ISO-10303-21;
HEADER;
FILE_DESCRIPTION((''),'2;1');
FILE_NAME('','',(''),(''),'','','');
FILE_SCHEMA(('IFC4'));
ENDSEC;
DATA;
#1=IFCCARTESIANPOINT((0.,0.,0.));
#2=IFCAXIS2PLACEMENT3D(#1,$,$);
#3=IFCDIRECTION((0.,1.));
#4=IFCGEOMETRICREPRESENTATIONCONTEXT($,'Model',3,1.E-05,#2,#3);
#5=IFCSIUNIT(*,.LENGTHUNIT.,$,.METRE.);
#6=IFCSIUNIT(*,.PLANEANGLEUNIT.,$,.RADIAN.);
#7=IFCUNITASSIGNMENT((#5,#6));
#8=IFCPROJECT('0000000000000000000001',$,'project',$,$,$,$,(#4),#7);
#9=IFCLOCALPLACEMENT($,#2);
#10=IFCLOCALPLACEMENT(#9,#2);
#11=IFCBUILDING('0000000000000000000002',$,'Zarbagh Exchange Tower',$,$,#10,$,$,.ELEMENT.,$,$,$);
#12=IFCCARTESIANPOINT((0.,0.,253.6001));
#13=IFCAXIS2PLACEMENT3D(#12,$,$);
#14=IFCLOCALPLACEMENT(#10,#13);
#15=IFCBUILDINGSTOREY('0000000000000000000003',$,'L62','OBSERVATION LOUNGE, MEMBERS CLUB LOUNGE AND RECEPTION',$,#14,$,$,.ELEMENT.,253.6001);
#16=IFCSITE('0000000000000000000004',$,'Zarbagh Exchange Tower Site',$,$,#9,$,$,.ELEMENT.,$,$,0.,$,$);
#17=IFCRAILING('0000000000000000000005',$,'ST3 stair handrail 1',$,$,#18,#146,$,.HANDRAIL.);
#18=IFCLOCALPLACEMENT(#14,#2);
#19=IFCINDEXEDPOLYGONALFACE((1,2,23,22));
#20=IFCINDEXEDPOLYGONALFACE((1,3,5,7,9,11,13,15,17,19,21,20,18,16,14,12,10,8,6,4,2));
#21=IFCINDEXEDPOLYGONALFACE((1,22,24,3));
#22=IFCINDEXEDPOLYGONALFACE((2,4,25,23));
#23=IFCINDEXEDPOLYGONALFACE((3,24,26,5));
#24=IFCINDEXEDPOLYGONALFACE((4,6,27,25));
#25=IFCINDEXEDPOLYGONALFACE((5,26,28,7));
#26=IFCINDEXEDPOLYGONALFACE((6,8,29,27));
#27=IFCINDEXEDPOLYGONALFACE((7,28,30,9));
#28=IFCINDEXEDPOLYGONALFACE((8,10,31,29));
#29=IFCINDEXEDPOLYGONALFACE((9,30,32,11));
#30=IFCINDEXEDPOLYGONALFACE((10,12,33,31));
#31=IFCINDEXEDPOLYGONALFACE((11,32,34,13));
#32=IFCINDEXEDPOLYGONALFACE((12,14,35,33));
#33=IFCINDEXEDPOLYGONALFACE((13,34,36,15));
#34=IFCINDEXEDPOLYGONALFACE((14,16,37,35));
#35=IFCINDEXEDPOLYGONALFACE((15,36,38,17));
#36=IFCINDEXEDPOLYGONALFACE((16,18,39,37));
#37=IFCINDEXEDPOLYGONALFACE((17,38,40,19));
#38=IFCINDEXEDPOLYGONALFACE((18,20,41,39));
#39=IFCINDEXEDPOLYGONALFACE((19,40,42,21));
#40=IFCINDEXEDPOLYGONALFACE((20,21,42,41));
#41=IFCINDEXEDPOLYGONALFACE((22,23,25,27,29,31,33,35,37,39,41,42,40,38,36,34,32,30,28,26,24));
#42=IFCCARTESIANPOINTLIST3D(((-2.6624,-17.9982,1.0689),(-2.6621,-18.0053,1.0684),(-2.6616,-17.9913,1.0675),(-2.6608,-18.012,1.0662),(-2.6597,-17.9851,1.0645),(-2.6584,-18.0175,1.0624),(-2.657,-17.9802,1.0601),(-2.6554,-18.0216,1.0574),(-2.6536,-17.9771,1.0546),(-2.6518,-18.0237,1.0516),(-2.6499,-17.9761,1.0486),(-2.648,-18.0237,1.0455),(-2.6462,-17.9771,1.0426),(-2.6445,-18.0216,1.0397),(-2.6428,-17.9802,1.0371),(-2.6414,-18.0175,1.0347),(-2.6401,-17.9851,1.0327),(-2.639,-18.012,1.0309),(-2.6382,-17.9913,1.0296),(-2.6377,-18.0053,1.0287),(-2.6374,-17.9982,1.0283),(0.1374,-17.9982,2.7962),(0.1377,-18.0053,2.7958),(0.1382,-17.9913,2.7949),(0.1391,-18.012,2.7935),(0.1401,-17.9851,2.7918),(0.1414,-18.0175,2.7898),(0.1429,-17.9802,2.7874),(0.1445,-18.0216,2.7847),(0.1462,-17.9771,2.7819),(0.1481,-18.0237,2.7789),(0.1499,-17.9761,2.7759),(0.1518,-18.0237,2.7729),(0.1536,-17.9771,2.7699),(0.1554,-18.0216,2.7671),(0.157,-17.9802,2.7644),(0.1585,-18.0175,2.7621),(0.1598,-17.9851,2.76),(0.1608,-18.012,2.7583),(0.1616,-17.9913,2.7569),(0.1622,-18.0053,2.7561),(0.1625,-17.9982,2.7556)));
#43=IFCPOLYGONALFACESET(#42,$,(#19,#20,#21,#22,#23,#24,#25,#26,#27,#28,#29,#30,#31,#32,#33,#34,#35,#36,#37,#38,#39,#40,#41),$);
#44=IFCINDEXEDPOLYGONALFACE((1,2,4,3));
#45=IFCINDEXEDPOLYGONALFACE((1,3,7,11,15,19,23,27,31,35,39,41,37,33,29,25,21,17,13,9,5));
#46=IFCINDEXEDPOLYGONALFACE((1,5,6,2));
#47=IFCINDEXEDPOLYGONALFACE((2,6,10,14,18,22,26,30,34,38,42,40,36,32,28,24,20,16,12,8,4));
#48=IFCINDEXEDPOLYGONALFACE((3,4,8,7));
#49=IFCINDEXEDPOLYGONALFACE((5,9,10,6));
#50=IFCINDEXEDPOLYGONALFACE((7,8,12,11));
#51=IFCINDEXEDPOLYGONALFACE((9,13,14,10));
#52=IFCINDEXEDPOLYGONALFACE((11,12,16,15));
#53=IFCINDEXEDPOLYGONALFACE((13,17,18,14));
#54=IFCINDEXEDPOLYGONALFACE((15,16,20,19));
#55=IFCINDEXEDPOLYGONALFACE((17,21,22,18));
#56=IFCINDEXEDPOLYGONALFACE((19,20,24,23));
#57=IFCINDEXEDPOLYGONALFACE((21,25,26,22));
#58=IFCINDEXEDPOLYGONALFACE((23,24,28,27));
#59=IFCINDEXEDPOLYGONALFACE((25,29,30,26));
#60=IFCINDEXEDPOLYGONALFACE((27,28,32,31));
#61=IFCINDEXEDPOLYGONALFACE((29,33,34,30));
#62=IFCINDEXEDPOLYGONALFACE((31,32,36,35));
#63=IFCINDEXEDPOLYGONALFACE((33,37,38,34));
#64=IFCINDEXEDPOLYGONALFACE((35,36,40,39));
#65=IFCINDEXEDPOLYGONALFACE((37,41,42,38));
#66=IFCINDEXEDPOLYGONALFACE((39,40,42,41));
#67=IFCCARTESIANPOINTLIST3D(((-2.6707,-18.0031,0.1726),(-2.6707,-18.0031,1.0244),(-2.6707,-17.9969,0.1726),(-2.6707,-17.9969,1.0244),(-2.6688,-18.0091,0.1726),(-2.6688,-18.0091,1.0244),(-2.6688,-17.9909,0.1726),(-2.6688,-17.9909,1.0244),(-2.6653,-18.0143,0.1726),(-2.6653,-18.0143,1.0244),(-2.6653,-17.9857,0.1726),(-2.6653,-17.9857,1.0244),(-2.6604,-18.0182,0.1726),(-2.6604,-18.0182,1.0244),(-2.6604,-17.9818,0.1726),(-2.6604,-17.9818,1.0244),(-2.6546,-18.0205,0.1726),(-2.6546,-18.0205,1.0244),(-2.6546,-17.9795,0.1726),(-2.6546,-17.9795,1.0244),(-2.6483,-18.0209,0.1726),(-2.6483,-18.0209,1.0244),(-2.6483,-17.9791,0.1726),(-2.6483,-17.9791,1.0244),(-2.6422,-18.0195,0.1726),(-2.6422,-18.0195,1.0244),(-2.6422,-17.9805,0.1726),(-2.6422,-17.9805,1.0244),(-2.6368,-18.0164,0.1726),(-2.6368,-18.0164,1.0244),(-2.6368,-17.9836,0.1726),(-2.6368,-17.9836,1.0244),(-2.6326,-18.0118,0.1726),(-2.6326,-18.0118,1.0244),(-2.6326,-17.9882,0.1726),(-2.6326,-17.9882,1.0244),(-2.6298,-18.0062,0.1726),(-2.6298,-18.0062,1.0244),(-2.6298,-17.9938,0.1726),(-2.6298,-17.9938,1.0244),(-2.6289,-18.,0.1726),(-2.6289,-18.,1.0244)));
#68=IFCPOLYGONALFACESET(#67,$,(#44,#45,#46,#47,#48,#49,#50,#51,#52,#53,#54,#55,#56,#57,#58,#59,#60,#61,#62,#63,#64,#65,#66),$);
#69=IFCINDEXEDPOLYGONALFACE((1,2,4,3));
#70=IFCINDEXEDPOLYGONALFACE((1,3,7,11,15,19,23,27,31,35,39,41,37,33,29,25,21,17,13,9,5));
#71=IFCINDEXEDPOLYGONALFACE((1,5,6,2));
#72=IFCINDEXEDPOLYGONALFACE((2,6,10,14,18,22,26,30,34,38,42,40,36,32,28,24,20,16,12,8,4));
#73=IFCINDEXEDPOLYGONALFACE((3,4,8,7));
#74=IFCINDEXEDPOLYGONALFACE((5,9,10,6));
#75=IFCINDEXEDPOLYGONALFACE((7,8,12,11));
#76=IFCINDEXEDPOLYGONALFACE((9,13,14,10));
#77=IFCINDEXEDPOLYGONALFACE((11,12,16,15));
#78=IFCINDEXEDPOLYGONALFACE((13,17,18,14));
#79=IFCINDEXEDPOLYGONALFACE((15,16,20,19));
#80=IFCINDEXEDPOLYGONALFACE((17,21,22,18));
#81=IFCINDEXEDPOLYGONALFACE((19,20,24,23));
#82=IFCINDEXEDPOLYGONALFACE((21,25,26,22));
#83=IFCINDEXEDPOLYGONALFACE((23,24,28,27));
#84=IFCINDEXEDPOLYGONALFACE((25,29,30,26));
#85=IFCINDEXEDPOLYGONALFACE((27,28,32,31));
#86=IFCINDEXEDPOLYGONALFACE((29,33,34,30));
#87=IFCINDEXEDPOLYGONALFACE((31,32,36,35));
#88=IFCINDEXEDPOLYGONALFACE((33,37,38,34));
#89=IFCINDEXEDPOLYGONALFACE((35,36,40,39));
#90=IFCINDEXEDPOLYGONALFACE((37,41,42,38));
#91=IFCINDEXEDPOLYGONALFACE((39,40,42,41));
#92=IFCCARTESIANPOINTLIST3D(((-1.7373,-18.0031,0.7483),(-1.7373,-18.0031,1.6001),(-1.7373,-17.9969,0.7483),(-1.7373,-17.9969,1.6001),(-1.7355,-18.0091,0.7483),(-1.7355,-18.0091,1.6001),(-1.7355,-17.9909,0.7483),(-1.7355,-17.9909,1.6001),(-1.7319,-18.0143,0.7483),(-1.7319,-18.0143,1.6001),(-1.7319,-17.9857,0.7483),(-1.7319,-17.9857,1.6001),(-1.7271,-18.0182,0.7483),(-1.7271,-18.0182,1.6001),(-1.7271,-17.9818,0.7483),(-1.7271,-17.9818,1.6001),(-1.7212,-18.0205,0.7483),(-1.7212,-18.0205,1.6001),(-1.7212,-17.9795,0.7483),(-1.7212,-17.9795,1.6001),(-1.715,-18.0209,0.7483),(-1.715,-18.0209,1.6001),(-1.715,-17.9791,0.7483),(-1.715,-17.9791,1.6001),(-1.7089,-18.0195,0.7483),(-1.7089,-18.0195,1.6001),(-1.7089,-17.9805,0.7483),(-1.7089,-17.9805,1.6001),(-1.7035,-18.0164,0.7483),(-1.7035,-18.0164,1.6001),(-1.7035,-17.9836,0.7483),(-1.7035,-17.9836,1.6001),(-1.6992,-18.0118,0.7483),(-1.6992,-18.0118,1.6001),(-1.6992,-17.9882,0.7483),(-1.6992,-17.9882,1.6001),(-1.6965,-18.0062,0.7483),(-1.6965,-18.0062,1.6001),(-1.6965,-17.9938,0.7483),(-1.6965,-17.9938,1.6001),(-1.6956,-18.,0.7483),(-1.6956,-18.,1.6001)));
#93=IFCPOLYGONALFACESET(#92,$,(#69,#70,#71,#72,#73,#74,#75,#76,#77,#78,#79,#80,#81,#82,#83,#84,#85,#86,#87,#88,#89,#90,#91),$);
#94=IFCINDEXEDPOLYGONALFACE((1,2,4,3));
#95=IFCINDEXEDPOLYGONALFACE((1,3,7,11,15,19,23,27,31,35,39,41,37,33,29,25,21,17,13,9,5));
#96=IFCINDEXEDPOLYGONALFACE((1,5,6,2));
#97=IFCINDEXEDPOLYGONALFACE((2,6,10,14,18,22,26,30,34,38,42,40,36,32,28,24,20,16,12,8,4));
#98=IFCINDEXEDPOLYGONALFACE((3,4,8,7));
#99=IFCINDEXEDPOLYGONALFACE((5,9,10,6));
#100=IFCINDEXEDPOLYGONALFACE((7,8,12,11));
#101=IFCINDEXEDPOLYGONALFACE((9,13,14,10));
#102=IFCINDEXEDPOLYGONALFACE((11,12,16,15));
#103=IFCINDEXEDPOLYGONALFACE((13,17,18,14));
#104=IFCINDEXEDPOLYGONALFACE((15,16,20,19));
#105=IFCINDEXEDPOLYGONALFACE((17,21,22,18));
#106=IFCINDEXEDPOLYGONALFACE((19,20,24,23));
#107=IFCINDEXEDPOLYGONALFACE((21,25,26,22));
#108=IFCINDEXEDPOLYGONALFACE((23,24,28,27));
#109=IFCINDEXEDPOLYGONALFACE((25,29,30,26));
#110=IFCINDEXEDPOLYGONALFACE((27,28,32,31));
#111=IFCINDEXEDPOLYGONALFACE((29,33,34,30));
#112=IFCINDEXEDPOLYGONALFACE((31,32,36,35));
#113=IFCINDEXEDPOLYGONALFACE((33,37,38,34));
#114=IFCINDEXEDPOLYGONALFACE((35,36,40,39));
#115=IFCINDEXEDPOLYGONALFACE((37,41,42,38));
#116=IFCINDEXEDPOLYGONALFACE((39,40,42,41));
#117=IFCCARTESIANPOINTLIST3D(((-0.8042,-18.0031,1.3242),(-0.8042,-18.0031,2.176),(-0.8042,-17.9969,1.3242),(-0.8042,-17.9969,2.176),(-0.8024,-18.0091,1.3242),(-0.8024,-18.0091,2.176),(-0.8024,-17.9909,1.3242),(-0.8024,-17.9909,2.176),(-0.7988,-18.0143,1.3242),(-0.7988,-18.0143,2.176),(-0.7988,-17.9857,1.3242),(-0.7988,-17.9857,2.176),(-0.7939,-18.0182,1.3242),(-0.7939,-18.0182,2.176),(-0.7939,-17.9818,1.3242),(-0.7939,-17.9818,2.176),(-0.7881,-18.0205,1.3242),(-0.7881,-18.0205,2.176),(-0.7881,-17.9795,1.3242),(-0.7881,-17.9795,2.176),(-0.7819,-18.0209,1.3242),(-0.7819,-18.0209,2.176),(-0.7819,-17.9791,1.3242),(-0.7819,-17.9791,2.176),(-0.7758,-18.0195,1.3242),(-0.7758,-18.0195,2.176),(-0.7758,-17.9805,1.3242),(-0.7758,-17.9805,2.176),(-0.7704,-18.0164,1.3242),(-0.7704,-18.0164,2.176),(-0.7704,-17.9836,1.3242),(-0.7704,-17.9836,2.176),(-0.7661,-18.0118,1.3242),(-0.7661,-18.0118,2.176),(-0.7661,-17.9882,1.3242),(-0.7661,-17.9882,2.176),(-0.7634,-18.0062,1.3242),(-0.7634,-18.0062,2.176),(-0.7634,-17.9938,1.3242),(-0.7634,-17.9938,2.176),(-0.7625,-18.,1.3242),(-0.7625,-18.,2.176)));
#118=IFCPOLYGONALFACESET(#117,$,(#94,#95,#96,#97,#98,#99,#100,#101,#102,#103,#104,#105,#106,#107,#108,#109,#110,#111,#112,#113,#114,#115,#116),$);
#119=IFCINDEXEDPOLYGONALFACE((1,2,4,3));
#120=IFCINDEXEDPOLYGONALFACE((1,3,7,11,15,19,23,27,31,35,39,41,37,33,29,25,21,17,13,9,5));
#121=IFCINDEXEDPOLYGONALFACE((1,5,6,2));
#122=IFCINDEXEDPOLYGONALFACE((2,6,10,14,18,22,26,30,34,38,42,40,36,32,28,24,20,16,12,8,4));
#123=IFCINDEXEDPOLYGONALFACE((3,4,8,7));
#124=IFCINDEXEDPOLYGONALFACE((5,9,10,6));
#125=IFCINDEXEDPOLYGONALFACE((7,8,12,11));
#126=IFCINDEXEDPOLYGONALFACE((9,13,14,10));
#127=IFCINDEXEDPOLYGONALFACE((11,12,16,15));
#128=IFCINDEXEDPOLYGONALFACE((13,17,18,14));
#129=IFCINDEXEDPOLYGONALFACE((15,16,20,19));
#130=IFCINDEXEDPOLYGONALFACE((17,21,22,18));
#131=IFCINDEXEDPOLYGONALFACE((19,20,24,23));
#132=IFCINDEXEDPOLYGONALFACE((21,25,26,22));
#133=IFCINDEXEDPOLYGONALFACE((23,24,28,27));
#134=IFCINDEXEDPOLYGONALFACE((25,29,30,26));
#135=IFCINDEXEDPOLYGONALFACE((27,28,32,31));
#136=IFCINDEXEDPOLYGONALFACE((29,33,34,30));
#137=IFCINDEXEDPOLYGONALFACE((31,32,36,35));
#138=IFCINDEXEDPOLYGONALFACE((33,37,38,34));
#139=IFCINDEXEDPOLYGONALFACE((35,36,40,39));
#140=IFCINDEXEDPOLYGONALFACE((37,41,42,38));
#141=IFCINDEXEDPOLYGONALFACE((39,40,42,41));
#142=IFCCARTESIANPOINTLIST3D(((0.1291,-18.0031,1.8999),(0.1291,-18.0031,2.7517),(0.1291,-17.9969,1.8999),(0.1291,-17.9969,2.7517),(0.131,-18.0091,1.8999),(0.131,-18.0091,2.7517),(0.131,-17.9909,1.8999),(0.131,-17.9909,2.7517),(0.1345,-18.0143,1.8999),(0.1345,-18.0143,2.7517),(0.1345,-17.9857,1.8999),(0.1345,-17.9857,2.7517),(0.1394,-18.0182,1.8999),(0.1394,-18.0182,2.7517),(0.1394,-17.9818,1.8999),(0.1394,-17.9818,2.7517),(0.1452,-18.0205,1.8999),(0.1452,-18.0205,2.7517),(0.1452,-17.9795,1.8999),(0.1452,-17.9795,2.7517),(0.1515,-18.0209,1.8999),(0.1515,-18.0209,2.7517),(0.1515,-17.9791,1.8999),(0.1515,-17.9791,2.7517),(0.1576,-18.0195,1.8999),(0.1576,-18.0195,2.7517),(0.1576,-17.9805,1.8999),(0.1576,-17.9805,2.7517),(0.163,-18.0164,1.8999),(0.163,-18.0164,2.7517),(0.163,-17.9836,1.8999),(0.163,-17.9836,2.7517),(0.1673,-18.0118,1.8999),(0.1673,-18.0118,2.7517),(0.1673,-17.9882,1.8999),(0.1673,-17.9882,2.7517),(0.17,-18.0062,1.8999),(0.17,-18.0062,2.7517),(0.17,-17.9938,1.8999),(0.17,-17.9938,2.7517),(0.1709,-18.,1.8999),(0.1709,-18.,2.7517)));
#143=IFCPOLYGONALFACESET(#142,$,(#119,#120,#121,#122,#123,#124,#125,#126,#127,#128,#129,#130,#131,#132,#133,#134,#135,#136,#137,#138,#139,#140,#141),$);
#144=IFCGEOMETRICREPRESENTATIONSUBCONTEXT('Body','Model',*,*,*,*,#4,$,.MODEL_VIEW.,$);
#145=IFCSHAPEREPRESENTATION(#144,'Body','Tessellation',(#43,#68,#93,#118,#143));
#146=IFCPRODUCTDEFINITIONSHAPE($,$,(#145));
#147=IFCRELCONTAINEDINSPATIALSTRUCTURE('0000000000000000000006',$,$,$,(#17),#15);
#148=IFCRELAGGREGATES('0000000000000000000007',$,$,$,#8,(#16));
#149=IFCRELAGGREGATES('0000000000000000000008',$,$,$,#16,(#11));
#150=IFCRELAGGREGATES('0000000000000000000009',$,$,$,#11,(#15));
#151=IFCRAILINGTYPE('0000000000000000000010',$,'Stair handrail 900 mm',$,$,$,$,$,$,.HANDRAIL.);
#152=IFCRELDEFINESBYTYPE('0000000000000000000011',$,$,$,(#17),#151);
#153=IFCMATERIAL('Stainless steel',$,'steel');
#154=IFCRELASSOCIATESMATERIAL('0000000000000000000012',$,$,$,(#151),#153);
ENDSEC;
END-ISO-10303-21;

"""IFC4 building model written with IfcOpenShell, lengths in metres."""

from ifc_helpers import new_model, si_unit, direction, frame, origin, origin_2d, place, context, subcontext, project, spatial, circle, extrude, material, type_object, element, save


model = new_model("IFC4")

# Units and contexts
model_context = context("Model", 3, precision=1e-05, world=origin(), true_north=direction((0.0, 1.0)))
body_context = subcontext(model_context, "Body", "Model", "MODEL_VIEW")
ifc_project = project(units=[si_unit("LENGTHUNIT", "METRE"), si_unit("PLANEANGLEUNIT", "RADIAN")], contexts=[model_context])

# Site, building, storey
site_placement = place(None, origin())
site = spatial("IfcSite", under=ifc_project, at=site_placement, Name="Zarbagh Exchange Tower Site", CompositionType="ELEMENT", RefElevation=0.0)
building_placement = place(site_placement, origin())
building = spatial("IfcBuilding", under=site, at=building_placement, Name="Zarbagh Exchange Tower", CompositionType="ELEMENT")
storey_placement = place(building_placement, frame((0.0, 0.0, 253.6001)))
storey = spatial("IfcBuildingStorey", under=building, at=storey_placement, Name="L62", Description="OBSERVATION LOUNGE, MEMBERS CLUB LOUNGE AND RECEPTION", CompositionType="ELEMENT", Elevation=253.6001)

# Railing
ifc_material_1 = material(Name="Stainless steel", Category="steel")
railing_type = type_object("IfcRailingType", Name="Stair handrail 900 mm", PredefinedType="HANDRAIL", material=ifc_material_1)
railing_placement = place(storey_placement, frame((-2.6499, -18.0, 0.1726)))
element("IfcRailing", 1, at=railing_placement, inside=storey, type_object=railing_type, Name="ST3 stair handrail 1", PredefinedType="HANDRAIL", context=body_context, shape_type="SweptSolid", body=[
    extrude(circle(Radius=0.0239, at=origin_2d()), frame((0.0, 0.0, 0.876), z_axis=(0.851069, 0.0, 0.525054), x_axis=(0.0, 1.0, 0.0)), (0.0, 0.0, 1.0), 3.2898),
    extrude(circle(Radius=0.021, at=origin_2d()), origin(), (0.0, 0.0, 1.0), 0.8518),
    extrude(circle(Radius=0.021, at=origin_2d()), frame((0.9333, 0.0, 0.5757)), (0.0, 0.0, 1.0), 0.8518),
    extrude(circle(Radius=0.021, at=origin_2d()), frame((1.8665, 0.0, 1.1516)), (0.0, 0.0, 1.0), 0.8518),
    extrude(circle(Radius=0.021, at=origin_2d()), frame((2.7998, 0.0, 1.7273)), (0.0, 0.0, 1.0), 0.8518),
])

save(model, "model.ifc")
